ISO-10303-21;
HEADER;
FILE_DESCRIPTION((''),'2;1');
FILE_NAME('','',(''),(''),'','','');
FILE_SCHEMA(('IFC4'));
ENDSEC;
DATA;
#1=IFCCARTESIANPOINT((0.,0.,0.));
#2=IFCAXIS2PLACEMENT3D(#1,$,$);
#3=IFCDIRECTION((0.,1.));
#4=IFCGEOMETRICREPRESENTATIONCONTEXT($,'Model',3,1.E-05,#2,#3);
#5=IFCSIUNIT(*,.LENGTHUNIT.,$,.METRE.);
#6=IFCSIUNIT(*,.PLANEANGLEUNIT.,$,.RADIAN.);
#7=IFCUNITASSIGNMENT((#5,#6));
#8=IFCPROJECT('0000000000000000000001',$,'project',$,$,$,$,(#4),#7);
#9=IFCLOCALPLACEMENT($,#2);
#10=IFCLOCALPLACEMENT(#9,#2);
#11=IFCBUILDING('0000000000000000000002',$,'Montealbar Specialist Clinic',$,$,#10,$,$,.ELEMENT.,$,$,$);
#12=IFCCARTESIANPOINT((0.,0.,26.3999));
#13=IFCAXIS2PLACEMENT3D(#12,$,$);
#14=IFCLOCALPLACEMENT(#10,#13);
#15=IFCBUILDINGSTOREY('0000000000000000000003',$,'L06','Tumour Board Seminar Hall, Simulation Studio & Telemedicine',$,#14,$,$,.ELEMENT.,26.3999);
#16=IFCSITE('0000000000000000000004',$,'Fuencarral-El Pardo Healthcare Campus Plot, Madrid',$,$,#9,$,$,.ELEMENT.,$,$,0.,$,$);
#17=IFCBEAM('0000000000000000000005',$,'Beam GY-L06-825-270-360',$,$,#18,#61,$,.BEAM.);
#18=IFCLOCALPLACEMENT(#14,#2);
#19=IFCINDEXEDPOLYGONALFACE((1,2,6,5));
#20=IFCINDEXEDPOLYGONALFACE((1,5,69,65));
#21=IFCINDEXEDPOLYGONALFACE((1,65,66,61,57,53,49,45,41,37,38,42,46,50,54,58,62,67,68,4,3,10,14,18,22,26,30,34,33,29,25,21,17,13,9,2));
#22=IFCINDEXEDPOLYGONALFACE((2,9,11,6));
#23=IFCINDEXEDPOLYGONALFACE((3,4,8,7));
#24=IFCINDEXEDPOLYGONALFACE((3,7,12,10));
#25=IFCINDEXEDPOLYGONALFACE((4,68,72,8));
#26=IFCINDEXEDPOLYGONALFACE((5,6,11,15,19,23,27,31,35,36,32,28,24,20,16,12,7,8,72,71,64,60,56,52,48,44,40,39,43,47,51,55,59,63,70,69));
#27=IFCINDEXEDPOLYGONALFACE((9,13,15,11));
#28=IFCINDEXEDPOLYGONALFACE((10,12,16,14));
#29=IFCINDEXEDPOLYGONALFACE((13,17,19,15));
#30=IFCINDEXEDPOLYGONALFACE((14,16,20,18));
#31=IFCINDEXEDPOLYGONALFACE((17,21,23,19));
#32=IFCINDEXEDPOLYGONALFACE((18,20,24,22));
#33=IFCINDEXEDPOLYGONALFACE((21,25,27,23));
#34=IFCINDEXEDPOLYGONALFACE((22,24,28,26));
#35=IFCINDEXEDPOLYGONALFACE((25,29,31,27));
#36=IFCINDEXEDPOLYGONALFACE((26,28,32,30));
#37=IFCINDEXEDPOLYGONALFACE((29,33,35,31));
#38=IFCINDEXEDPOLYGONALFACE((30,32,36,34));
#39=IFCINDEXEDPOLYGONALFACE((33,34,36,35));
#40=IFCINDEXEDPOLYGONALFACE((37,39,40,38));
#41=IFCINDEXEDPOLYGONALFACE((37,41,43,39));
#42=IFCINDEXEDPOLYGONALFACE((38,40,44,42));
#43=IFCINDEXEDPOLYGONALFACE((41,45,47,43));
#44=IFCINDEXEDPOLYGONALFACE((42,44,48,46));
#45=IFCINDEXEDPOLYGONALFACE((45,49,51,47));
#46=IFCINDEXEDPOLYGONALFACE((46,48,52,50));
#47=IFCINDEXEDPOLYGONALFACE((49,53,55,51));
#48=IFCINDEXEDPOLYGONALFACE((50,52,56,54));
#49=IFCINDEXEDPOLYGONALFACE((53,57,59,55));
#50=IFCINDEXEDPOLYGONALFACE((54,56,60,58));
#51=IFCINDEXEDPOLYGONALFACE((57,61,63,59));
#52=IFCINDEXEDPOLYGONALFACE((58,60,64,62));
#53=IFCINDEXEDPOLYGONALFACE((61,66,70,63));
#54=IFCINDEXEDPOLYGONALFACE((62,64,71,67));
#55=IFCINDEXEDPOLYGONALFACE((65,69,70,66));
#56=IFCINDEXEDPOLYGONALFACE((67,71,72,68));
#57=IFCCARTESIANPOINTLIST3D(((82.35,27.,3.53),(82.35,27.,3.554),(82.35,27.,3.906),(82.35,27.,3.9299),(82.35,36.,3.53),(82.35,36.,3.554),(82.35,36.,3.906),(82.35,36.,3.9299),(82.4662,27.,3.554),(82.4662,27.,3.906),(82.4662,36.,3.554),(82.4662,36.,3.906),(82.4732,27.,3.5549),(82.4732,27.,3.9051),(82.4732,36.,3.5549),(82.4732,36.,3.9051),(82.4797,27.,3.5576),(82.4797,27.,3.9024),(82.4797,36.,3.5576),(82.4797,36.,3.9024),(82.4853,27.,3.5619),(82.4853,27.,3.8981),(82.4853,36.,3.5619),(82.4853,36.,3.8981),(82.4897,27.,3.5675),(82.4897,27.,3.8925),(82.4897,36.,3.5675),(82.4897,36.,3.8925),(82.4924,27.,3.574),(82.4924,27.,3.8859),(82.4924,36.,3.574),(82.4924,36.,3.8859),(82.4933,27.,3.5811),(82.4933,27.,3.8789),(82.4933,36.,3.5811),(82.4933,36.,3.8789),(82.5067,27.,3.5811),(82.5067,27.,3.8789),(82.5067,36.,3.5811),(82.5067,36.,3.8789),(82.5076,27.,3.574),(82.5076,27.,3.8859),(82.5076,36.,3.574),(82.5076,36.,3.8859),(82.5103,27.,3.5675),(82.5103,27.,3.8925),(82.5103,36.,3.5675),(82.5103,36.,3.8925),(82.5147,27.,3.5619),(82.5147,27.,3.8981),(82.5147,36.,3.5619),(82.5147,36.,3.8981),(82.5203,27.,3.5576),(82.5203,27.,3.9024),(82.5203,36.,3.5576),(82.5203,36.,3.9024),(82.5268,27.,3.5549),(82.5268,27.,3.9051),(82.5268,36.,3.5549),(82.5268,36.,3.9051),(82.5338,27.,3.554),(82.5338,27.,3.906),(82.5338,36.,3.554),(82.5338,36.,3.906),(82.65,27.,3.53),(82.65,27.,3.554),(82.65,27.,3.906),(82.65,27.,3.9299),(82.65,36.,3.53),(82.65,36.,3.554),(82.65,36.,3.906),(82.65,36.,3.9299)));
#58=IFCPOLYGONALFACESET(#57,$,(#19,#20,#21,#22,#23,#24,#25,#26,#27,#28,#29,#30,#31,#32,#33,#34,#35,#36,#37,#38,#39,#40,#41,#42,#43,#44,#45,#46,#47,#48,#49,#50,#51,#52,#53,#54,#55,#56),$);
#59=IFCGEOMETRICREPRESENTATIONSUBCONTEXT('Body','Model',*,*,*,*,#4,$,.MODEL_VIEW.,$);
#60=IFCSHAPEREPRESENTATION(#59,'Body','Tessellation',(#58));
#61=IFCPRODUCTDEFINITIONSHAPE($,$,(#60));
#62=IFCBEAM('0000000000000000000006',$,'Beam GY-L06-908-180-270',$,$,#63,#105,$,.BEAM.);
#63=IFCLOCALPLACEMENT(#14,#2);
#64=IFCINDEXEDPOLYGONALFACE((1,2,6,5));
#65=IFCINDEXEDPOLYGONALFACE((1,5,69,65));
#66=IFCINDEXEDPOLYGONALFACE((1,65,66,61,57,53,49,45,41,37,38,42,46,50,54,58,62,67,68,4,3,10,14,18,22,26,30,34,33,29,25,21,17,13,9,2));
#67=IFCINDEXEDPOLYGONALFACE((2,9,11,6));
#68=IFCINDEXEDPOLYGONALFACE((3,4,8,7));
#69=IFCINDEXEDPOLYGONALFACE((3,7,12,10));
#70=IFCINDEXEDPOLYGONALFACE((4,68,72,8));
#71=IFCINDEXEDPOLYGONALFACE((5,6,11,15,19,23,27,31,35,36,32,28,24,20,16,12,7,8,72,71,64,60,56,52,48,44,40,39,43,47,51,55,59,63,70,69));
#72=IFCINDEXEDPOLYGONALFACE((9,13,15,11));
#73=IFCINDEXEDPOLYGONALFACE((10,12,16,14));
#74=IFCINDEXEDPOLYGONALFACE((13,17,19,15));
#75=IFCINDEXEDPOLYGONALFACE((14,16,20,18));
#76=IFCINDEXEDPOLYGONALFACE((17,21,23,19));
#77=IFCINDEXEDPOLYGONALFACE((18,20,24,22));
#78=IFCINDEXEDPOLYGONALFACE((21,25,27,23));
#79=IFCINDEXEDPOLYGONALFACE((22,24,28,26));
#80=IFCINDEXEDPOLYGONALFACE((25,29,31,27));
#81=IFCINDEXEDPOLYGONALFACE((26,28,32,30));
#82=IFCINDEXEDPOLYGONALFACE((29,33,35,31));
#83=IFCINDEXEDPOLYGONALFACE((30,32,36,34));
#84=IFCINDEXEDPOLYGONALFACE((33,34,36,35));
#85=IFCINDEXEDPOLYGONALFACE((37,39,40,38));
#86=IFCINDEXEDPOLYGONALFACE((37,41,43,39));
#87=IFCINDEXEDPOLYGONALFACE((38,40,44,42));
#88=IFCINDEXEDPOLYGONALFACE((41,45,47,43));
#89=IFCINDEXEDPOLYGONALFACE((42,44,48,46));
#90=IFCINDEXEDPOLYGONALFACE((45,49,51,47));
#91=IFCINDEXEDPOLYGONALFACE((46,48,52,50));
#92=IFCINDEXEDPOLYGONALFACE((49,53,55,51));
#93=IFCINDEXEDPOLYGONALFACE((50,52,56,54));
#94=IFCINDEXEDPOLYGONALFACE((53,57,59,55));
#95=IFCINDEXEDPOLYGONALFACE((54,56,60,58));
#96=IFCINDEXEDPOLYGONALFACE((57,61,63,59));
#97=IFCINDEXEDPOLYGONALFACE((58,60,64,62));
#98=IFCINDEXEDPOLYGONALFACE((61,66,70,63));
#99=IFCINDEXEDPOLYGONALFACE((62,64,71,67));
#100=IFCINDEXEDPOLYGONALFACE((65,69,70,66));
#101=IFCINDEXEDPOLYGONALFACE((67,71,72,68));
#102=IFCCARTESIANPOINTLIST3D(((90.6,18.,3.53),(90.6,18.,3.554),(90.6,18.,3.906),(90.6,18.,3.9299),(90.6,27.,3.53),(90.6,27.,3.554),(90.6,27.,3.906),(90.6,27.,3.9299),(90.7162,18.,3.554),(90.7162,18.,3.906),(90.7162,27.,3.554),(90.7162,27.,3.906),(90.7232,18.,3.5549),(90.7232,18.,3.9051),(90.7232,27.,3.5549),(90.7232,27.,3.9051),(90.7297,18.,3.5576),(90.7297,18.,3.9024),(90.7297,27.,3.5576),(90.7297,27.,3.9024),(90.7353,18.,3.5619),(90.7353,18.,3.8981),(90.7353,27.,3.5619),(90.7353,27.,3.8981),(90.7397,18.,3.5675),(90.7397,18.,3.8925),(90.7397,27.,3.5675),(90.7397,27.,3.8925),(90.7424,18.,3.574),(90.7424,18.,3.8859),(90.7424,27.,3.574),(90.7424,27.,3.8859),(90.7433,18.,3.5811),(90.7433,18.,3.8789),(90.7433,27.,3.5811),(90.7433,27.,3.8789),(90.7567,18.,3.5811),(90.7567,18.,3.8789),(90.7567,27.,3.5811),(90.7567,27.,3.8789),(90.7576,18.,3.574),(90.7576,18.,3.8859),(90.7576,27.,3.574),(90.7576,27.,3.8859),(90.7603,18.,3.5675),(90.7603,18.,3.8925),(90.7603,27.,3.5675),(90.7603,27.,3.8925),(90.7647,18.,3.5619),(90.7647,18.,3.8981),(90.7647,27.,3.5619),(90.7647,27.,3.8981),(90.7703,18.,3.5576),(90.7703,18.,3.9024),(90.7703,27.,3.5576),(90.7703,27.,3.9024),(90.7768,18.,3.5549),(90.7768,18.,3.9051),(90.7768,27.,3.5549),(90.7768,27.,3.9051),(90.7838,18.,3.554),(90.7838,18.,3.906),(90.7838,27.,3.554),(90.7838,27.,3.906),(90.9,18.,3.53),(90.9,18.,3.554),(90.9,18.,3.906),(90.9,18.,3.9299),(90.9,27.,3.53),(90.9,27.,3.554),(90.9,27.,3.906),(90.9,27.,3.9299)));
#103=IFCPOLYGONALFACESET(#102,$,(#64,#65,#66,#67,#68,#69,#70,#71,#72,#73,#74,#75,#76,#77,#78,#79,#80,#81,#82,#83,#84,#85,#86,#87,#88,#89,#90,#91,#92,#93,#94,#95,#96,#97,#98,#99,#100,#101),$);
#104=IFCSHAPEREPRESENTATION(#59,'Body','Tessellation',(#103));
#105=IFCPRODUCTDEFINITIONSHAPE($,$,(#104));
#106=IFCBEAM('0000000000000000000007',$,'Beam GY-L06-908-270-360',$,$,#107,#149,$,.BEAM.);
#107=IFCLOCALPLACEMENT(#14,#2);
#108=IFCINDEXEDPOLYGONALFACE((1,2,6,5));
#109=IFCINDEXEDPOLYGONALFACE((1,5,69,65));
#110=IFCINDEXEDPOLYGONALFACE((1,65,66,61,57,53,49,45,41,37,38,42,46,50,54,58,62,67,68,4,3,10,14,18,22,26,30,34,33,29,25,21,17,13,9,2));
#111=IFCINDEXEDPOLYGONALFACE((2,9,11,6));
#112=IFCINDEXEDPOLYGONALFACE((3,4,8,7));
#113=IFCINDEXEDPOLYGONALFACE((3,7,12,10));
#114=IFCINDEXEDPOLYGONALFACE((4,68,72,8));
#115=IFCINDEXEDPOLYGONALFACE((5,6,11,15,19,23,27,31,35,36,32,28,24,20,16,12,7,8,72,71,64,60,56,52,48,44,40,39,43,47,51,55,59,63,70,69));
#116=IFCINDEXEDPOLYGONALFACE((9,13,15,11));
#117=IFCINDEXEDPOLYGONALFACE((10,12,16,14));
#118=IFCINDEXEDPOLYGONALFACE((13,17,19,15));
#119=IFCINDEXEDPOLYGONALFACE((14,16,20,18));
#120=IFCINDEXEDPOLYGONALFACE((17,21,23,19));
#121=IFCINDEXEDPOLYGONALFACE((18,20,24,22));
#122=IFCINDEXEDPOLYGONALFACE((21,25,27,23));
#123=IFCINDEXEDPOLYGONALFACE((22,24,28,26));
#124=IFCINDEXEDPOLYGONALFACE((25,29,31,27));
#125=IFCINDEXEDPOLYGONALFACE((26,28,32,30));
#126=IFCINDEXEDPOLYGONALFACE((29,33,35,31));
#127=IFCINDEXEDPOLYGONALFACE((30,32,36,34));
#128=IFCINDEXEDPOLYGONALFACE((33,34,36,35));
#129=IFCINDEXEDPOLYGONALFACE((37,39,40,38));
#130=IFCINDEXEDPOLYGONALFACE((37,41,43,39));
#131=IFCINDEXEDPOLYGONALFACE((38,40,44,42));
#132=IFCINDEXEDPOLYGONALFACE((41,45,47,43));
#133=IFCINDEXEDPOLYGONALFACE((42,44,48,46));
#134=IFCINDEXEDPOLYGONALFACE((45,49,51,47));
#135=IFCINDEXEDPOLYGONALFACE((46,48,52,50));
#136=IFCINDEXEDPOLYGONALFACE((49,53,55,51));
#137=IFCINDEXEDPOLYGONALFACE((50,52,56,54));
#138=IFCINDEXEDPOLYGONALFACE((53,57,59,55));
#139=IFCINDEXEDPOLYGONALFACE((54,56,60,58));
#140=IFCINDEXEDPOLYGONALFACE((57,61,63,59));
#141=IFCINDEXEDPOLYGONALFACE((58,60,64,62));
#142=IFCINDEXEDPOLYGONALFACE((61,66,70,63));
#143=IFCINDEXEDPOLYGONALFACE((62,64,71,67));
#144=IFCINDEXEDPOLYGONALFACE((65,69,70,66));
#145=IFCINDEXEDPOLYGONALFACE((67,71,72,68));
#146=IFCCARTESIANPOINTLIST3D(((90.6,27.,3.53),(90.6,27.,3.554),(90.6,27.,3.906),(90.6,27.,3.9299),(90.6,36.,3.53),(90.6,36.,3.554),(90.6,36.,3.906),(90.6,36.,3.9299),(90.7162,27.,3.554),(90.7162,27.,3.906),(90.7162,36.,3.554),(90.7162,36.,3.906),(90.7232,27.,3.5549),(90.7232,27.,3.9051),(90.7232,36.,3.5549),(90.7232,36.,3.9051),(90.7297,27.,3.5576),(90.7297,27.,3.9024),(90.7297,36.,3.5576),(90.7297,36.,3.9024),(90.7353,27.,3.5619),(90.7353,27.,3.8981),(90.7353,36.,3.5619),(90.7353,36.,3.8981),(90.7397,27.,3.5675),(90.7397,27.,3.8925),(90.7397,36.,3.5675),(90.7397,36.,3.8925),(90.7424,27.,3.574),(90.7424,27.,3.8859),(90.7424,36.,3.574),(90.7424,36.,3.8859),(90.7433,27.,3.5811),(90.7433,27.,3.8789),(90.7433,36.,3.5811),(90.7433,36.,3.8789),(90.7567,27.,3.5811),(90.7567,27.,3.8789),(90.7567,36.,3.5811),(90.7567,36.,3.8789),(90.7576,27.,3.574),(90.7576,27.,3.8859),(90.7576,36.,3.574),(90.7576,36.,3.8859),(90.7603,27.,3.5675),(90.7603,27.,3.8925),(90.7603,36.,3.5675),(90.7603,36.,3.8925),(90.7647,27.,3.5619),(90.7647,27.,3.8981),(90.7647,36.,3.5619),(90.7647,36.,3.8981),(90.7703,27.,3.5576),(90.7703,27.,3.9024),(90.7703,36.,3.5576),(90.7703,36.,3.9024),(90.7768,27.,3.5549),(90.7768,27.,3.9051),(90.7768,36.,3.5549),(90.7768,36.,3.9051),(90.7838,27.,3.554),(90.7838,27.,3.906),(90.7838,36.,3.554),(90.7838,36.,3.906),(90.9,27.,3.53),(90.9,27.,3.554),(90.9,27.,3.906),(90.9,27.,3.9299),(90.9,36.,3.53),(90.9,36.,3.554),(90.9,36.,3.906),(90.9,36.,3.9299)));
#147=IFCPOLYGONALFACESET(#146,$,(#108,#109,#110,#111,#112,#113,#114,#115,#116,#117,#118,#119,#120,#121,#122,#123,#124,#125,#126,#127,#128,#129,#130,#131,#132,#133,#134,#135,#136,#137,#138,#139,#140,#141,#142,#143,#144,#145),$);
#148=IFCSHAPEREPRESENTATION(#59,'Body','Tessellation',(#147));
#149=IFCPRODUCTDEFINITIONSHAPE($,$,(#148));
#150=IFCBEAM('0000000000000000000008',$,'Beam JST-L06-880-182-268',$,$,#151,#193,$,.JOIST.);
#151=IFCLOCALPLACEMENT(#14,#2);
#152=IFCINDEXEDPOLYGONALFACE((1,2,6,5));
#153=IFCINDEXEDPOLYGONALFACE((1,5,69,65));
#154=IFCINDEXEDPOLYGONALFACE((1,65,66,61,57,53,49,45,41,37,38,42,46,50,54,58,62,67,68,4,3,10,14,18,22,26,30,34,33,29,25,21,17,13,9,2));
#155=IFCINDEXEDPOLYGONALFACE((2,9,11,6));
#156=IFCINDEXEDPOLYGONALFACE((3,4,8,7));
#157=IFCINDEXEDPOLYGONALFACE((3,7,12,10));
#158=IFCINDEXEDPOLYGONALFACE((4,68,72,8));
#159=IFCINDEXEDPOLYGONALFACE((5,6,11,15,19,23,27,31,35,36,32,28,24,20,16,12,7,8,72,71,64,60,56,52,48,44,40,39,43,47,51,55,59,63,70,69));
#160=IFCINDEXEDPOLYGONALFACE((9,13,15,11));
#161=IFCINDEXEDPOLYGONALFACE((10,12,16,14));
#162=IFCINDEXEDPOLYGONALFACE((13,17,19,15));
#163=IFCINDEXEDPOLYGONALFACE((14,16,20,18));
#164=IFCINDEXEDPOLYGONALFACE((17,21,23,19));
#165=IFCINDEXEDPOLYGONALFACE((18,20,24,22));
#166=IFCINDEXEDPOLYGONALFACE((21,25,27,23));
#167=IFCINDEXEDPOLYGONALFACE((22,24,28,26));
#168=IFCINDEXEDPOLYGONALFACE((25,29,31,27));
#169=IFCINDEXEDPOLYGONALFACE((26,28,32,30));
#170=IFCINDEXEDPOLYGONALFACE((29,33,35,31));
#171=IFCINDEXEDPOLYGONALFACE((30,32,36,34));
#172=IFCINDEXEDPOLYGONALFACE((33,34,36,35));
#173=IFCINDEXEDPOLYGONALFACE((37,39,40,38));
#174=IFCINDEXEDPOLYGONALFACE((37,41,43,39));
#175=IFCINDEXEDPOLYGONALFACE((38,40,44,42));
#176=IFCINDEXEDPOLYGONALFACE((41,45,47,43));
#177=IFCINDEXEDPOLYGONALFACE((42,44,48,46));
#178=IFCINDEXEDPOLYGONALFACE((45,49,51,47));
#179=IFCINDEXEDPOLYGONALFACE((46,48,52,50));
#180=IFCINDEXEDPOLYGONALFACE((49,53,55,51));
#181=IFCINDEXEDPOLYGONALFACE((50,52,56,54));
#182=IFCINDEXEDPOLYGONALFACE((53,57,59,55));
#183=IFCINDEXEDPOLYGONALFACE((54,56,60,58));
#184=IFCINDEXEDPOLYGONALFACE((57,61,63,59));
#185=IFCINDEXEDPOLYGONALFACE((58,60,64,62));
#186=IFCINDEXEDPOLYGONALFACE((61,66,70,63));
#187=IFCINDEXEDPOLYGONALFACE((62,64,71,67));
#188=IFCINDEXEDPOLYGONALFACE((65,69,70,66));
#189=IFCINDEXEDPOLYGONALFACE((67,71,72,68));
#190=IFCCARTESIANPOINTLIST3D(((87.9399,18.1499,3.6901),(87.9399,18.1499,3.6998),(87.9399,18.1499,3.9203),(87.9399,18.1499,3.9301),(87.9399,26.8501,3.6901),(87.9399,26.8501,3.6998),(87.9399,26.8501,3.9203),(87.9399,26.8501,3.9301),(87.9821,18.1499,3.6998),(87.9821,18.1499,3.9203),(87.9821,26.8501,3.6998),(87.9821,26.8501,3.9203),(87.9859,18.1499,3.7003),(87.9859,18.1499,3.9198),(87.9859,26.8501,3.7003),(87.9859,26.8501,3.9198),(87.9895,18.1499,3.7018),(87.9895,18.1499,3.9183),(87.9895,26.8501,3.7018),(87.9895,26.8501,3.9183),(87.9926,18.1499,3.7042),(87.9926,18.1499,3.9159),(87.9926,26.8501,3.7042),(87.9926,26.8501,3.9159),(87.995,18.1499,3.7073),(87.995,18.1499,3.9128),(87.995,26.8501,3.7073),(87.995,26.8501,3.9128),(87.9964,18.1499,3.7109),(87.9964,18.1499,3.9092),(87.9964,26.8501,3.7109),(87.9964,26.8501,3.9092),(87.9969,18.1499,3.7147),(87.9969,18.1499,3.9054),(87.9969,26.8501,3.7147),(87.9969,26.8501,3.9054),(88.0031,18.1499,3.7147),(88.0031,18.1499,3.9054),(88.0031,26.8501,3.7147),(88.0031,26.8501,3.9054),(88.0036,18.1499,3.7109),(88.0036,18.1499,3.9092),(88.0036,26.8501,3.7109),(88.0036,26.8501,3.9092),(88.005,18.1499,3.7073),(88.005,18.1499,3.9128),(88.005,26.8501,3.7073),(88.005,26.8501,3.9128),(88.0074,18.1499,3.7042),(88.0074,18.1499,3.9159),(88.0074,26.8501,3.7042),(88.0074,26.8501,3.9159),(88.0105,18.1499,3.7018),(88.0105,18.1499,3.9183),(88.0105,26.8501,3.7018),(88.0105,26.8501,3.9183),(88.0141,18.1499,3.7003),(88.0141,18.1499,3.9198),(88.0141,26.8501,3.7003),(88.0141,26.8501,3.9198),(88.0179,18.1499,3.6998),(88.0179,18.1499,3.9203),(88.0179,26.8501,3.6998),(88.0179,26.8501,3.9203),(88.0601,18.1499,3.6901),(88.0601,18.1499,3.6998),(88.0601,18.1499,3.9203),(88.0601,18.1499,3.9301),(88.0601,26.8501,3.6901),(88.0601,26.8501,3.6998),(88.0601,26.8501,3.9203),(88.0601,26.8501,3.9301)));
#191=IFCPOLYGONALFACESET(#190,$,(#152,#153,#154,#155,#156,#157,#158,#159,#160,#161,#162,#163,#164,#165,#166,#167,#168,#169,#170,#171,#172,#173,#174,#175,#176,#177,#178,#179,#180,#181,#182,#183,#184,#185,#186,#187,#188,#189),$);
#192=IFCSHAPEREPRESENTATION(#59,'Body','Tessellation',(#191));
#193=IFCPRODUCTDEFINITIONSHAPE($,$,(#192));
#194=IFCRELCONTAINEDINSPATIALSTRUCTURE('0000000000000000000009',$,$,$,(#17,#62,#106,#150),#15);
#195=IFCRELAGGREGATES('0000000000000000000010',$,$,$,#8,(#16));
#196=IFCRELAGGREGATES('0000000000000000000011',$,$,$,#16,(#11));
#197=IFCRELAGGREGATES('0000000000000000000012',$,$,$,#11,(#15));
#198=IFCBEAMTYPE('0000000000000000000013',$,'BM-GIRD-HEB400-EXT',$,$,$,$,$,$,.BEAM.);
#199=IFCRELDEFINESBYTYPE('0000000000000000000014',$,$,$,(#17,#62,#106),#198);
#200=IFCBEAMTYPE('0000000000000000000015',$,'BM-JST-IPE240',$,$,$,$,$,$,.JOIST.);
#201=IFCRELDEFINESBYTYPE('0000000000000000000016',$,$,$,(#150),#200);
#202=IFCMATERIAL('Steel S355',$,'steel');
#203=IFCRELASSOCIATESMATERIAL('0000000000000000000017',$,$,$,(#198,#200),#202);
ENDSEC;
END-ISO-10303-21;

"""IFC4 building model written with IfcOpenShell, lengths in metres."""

from ifc_helpers import new_model, si_unit, direction, frame, origin, origin_2d, place, context, subcontext, project, spatial, i_section, extrude, material, material_profile, profile_set, type_object, element, save


model = new_model("IFC4")

# Units and contexts
model_context = context("Model", 3, precision=1e-05, world=origin(), true_north=direction((0.0, 1.0)))
body_context = subcontext(model_context, "Body", "Model", "MODEL_VIEW")
ifc_project = project(units=[si_unit("LENGTHUNIT", "METRE"), si_unit("PLANEANGLEUNIT", "RADIAN")], contexts=[model_context])

# Site, building, storey
site_placement = place(None, origin())
site = spatial("IfcSite", under=ifc_project, at=site_placement, Name="Fuencarral-El Pardo Healthcare Campus Plot, Madrid", CompositionType="ELEMENT", RefElevation=0.0)
building_placement = place(site_placement, origin())
building = spatial("IfcBuilding", under=site, at=building_placement, Name="Montealbar Specialist Clinic", CompositionType="ELEMENT")
storey_placement = place(building_placement, frame((0.0, 0.0, 26.3999)))
storey = spatial("IfcBuildingStorey", under=building, at=storey_placement, Name="L06", Description="Tumour Board Seminar Hall, Simulation Studio & Telemedicine", CompositionType="ELEMENT", Elevation=26.3999)

# Shared definitions
ifc_material_1 = material(Name="Steel S355", Category="steel")

# Beams
ifc_material_profile_1 = material_profile(ifc_material_1, i_section(OverallWidth=0.3, OverallDepth=0.3999, WebThickness=0.0134, FlangeThickness=0.0239, FilletRadius=0.0271, at=origin_2d()), Name="HEB 400", Category="steel")
ifc_profile_set_1 = profile_set([ifc_material_profile_1], Name="Steel S355")
beam_type_1 = type_object("IfcBeamType", Name="BM-GIRD-HEB400-EXT", PredefinedType="BEAM", material=ifc_profile_set_1)
for number, where, z_axis, x_axis, name in (
    (1, (82.5, 27.0, 3.73), (0.0, 1.0, 0.0), (-1.0, 0.0, 0.0), "Beam GY-L06-825-270-360"),
    (2, (90.75, 18.0, 3.73), (0.0, 1.0, 0.0), (-1.0, 0.0, 0.0), "Beam GY-L06-908-180-270"),
    (3, (90.75, 27.0, 3.73), (0.0, 1.0, 0.0), (-1.0, 0.0, 0.0), "Beam GY-L06-908-270-360"),
):
    element("IfcBeam", number, at=place(storey_placement, frame(where, z_axis=z_axis, x_axis=x_axis)), inside=storey, type_object=beam_type_1, Name=name, PredefinedType="BEAM", context=body_context, shape_type="SweptSolid", body=[
        extrude(i_section(OverallWidth=0.3, OverallDepth=0.3999, WebThickness=0.0134, FlangeThickness=0.0239, FilletRadius=0.0271, at=origin_2d()), origin(), (0.0, 0.0, 1.0), 9.0),
    ])
ifc_material_profile_2 = material_profile(ifc_material_1, i_section(OverallWidth=0.1201, OverallDepth=0.24, WebThickness=0.0061, FlangeThickness=0.0098, FilletRadius=0.0149, at=origin_2d()), Name="IPE 240", Category="steel")
ifc_profile_set_2 = profile_set([ifc_material_profile_2], Name="Steel S355")
beam_type_2 = type_object("IfcBeamType", Name="BM-JST-IPE240", PredefinedType="JOIST", material=ifc_profile_set_2)
beam_1_placement = place(storey_placement, frame((88.0, 18.1499, 3.8101), z_axis=(0.0, 1.0, 0.0), x_axis=(-1.0, 0.0, 0.0)))
element("IfcBeam", 4, at=beam_1_placement, inside=storey, type_object=beam_type_2, Name="Beam JST-L06-880-182-268", PredefinedType="JOIST", context=body_context, shape_type="SweptSolid", body=[
    extrude(i_section(OverallWidth=0.1201, OverallDepth=0.24, WebThickness=0.0061, FlangeThickness=0.0098, FilletRadius=0.0149, at=origin_2d()), origin(), (0.0, 0.0, 1.0), 8.7002),
])

save(model, "model.ifc")
